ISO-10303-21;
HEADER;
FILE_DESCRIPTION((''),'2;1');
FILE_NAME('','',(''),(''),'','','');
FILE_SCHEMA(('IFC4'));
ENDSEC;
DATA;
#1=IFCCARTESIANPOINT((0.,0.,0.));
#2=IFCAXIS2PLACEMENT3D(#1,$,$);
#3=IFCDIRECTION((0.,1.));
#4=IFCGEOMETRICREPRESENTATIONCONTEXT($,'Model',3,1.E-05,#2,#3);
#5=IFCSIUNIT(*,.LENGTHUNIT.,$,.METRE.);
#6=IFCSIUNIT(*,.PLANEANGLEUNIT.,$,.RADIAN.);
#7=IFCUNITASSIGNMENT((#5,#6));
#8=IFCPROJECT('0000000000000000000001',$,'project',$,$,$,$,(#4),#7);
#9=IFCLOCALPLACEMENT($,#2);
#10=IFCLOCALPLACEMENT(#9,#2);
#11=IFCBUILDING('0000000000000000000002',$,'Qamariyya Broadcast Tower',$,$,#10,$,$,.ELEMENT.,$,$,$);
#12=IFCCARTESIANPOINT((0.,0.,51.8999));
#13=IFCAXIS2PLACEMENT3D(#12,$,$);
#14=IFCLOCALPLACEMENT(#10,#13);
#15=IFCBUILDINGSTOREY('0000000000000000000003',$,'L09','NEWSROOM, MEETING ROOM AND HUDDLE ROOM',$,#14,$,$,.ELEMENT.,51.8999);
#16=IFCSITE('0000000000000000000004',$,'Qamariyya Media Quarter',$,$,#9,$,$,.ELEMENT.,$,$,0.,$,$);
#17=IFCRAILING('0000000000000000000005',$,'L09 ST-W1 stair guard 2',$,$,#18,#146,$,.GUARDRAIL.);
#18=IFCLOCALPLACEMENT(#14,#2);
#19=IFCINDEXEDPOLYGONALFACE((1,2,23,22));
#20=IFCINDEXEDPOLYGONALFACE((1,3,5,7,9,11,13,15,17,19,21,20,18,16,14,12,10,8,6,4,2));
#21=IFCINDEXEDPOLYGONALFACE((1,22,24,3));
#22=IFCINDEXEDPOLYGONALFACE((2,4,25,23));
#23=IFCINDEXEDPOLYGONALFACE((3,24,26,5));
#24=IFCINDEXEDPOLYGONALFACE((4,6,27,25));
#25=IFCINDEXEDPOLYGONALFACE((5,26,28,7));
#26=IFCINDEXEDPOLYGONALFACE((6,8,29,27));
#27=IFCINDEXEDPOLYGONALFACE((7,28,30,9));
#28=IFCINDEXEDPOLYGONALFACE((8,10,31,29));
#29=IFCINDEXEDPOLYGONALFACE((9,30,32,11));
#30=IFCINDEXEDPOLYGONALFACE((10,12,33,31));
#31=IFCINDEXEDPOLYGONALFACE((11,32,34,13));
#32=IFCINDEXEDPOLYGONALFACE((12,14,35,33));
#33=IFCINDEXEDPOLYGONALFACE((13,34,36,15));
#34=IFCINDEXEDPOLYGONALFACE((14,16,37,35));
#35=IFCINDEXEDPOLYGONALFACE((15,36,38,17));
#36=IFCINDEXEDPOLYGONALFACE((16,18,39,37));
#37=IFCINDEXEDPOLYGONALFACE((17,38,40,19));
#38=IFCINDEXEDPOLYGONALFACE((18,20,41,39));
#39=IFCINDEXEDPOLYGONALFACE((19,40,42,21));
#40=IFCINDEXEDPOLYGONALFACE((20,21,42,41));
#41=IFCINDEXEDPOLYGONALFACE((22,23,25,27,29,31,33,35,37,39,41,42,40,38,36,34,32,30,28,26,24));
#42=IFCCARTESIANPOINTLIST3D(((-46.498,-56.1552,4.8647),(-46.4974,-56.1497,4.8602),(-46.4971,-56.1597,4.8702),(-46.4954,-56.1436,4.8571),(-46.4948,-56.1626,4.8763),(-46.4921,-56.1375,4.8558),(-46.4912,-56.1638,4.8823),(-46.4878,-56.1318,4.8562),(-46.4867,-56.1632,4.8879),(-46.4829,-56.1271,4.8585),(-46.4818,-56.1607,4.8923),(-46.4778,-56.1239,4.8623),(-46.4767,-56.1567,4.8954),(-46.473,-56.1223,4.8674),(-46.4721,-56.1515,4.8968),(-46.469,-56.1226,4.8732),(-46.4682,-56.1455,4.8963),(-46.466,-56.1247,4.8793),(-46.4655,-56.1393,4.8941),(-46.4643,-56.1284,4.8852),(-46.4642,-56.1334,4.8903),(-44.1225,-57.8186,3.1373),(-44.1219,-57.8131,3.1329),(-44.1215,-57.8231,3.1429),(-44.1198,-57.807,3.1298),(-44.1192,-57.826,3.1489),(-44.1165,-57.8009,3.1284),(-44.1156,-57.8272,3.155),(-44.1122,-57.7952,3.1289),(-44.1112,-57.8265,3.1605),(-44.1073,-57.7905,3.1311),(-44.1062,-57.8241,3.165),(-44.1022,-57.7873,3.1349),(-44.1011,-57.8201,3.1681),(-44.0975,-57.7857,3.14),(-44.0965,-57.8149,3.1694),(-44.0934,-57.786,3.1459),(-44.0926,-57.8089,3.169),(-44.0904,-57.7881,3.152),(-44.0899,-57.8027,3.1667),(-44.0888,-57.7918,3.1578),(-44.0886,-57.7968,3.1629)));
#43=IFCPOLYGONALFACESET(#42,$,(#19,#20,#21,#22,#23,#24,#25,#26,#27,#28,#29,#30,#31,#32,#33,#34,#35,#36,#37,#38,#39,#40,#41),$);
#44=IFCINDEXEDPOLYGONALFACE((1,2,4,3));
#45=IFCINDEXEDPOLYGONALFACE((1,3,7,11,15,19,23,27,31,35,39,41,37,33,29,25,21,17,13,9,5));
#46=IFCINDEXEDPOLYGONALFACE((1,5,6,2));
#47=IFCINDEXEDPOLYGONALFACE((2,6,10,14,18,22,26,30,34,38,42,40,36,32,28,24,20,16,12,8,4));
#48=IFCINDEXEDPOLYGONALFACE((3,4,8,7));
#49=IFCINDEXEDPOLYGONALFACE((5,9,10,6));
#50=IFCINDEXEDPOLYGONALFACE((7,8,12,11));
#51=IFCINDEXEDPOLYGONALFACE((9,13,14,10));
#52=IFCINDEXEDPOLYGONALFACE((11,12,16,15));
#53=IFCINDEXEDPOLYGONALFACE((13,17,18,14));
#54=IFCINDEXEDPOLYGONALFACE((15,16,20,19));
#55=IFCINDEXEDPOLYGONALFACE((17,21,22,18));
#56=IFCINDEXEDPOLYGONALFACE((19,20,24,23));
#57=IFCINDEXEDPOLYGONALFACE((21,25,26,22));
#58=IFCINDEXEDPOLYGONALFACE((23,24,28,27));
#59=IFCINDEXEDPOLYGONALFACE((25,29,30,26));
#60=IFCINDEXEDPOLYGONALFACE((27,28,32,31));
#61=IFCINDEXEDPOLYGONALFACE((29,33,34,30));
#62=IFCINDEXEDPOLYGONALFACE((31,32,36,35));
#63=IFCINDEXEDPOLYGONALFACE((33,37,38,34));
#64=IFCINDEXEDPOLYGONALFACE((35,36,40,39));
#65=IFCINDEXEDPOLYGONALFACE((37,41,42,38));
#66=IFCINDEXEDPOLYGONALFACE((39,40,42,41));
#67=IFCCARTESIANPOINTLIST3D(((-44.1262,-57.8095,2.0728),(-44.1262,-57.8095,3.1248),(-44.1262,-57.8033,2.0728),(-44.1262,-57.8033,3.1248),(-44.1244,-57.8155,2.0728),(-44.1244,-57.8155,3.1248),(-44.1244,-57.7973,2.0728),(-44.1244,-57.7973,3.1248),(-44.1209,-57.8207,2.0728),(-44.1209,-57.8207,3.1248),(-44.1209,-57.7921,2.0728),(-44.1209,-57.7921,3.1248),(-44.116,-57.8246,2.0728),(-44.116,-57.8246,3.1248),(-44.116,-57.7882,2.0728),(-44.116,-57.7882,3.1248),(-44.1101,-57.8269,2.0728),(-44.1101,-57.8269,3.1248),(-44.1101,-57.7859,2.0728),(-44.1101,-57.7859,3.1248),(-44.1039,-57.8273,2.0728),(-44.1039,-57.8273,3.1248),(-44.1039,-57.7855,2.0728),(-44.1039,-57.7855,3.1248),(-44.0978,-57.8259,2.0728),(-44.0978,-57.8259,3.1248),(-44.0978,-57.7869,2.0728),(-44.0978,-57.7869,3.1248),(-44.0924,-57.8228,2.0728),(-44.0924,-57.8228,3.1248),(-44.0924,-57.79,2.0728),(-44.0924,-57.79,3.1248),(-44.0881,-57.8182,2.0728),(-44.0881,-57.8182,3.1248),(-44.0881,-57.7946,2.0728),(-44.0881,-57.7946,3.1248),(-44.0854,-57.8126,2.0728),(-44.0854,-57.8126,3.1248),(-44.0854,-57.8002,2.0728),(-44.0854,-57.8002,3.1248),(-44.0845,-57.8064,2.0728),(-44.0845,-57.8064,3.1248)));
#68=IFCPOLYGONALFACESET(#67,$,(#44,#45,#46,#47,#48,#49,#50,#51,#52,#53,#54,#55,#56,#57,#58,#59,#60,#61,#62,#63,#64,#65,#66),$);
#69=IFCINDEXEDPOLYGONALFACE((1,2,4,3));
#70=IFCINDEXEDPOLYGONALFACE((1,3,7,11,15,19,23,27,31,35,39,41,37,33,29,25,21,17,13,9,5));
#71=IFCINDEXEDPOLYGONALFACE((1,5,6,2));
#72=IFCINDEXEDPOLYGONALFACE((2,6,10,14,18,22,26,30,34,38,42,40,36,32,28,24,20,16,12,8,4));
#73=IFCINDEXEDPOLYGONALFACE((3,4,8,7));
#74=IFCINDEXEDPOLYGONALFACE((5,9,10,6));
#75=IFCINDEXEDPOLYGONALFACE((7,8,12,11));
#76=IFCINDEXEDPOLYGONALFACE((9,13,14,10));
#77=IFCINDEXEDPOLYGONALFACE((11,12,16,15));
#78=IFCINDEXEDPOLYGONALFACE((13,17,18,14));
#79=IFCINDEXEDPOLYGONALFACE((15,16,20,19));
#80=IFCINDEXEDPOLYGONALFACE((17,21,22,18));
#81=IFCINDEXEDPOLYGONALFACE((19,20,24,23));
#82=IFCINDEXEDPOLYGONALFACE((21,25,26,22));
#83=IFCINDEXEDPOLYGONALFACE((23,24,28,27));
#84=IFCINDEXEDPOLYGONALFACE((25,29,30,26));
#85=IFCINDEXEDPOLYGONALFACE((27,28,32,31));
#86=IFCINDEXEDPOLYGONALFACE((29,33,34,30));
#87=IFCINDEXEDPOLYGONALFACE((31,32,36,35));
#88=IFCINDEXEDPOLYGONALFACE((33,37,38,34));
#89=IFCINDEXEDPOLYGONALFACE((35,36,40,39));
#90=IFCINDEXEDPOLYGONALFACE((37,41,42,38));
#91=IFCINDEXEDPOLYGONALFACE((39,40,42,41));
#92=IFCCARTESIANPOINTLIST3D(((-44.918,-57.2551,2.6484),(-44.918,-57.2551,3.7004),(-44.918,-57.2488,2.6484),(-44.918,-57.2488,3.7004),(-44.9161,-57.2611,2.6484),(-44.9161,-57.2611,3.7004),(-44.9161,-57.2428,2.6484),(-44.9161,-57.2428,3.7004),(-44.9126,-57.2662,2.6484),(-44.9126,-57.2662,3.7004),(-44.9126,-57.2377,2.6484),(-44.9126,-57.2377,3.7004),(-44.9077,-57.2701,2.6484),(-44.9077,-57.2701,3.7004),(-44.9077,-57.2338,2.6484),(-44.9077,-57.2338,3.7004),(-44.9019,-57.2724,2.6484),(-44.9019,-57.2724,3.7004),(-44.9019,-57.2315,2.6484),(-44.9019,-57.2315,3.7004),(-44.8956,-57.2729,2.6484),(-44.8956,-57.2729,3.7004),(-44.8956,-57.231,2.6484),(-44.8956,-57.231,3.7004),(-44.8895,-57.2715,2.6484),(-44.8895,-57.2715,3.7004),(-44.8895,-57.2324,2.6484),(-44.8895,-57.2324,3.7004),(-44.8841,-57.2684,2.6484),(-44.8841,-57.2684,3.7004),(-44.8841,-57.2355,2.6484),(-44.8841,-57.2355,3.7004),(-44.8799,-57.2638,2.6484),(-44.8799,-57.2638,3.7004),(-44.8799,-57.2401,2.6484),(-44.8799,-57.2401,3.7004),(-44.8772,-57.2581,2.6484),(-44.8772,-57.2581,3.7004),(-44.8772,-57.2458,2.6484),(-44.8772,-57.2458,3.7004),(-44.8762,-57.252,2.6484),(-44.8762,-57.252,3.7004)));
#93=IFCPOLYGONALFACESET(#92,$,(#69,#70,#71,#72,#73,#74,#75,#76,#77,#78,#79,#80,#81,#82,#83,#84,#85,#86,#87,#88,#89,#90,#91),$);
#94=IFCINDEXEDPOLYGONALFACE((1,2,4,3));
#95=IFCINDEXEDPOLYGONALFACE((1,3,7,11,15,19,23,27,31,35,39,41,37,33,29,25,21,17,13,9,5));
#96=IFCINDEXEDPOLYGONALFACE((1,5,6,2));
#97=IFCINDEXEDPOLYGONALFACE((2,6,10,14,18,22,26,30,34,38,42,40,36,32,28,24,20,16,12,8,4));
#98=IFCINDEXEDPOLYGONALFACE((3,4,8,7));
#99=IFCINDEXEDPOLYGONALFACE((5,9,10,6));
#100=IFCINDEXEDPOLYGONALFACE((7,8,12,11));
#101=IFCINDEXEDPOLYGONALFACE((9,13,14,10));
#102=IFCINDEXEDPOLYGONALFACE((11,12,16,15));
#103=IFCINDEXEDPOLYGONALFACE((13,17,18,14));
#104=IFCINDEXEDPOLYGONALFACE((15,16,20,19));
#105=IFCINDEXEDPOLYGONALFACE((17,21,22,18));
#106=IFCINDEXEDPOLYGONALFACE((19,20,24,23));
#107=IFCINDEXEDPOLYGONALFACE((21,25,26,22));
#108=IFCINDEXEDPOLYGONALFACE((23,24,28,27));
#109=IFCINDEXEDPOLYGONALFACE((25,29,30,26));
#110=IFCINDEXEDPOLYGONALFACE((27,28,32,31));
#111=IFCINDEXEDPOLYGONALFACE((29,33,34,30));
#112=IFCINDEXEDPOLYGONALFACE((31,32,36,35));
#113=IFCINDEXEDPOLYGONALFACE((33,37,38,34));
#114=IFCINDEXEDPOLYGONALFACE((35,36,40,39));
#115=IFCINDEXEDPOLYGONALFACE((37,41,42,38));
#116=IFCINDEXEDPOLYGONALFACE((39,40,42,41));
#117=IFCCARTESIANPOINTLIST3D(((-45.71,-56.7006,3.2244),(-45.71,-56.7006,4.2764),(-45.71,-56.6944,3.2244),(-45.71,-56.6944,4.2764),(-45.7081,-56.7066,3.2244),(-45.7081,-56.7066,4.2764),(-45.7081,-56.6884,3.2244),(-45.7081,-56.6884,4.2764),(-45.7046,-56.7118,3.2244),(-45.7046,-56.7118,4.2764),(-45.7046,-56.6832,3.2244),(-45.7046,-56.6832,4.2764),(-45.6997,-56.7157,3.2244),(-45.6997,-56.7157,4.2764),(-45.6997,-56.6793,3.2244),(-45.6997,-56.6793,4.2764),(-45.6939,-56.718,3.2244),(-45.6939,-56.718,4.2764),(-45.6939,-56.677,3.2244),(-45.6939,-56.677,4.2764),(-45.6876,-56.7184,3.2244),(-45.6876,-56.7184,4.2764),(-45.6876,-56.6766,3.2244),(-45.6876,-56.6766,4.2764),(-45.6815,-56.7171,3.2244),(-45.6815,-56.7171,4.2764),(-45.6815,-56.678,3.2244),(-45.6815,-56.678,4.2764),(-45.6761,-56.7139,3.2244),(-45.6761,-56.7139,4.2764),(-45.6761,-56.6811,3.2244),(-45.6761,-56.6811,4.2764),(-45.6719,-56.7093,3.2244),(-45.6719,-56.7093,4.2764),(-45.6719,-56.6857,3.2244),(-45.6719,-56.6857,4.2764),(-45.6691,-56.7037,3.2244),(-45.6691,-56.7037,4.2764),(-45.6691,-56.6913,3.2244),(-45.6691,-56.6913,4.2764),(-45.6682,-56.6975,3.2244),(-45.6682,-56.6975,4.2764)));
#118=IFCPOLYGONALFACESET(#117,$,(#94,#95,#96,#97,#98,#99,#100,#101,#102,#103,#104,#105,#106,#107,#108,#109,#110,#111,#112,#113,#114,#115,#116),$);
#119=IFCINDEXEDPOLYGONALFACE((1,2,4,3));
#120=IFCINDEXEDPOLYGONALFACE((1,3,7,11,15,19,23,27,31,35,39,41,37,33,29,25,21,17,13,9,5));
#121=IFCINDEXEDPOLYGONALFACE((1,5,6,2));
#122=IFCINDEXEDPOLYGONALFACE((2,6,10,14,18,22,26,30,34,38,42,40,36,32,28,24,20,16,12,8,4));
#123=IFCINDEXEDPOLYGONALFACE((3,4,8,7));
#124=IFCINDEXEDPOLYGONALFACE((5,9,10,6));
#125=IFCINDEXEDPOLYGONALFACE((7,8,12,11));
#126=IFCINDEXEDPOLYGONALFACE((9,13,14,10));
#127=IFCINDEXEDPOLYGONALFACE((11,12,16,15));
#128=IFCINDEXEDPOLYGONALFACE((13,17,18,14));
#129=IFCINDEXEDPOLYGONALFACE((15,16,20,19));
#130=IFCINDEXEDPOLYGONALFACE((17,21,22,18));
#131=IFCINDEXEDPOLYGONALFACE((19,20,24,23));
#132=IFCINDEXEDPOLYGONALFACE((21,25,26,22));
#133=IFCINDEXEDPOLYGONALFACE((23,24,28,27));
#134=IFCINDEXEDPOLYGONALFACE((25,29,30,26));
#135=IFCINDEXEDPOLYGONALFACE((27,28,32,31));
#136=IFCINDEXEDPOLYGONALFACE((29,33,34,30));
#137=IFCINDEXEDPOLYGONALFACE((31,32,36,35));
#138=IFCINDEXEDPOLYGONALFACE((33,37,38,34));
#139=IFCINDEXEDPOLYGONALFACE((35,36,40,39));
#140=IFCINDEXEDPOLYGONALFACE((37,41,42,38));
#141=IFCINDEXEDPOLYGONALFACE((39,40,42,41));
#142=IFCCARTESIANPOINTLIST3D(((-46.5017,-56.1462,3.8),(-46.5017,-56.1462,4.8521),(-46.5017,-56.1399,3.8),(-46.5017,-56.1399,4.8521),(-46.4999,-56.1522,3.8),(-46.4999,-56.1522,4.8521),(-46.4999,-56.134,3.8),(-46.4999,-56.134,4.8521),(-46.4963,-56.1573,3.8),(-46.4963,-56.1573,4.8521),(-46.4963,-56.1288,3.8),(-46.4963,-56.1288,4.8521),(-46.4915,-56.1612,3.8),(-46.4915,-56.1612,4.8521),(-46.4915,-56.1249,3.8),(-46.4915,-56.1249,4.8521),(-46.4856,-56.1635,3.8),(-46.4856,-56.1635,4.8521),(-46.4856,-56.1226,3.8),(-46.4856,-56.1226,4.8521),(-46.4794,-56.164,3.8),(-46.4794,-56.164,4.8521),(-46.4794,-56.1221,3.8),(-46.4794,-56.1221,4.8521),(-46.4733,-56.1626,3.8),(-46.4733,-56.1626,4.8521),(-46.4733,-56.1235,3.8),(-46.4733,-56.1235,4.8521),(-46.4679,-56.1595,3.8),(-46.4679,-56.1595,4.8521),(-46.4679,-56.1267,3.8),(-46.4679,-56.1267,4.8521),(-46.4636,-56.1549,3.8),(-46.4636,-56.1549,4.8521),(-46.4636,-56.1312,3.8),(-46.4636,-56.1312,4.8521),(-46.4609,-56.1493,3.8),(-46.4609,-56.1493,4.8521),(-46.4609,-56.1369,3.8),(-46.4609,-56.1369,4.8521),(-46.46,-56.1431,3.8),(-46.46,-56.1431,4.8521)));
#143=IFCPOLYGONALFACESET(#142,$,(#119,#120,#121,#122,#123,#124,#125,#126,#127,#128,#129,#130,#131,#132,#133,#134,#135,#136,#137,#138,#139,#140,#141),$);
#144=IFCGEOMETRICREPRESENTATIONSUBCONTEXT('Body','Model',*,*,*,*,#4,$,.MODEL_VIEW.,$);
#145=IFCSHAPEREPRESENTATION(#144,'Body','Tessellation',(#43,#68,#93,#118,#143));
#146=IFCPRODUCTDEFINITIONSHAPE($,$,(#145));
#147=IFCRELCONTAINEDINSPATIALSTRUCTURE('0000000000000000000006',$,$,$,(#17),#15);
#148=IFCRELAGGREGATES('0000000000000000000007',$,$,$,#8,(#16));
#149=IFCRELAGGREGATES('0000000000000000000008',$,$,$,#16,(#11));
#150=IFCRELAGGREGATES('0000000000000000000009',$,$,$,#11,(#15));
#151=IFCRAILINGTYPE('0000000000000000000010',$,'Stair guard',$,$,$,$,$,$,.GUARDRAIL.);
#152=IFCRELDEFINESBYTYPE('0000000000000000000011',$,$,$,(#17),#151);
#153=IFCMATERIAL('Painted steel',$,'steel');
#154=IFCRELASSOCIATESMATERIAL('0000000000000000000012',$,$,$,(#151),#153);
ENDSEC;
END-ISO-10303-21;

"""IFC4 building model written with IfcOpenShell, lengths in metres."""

from ifc_helpers import new_model, si_unit, direction, frame, origin, origin_2d, place, context, subcontext, project, spatial, circle, extrude, material, type_object, element, save


model = new_model("IFC4")

# Units and contexts
model_context = context("Model", 3, precision=1e-05, world=origin(), true_north=direction((0.0, 1.0)))
body_context = subcontext(model_context, "Body", "Model", "MODEL_VIEW")
ifc_project = project(units=[si_unit("LENGTHUNIT", "METRE"), si_unit("PLANEANGLEUNIT", "RADIAN")], contexts=[model_context])

# Site, building, storey
site_placement = place(None, origin())
site = spatial("IfcSite", under=ifc_project, at=site_placement, Name="Qamariyya Media Quarter", CompositionType="ELEMENT", RefElevation=0.0)
building_placement = place(site_placement, origin())
building = spatial("IfcBuilding", under=site, at=building_placement, Name="Qamariyya Broadcast Tower", CompositionType="ELEMENT")
storey_placement = place(building_placement, frame((0.0, 0.0, 51.8999)))
storey = spatial("IfcBuildingStorey", under=building, at=storey_placement, Name="L09", Description="NEWSROOM, MEETING ROOM AND HUDDLE ROOM", CompositionType="ELEMENT", Elevation=51.8999)

# Railing
ifc_material_1 = material(Name="Painted steel", Category="steel")
railing_type_1 = type_object("IfcRailingType", Name="Stair guard", PredefinedType="GUARDRAIL", material=ifc_material_1)
railing_1_placement = place(storey_placement, frame((-44.1055, -57.8064, 2.0728)))
element("IfcRailing", 1, at=railing_1_placement, inside=storey, type_object=railing_type_1, Name="L09 ST-W1 stair guard 2", PredefinedType="GUARDRAIL", context=body_context, shape_type="SweptSolid", body=[
    extrude(circle(Radius=0.0239, at=origin_2d()), frame((0.0, 0.0, 1.0762), z_axis=(-0.70377, 0.492784, 0.511734), x_axis=(-0.573575, -0.819153, 0.0)), (0.0, 0.0, 1.0), 3.3755),
    extrude(circle(Radius=0.021, at=origin_2d()), origin(), (0.0, 0.0, 1.0), 1.052),
    extrude(circle(Radius=0.021, at=origin_2d()), frame((-0.7917, 0.5544, 0.5757)), (0.0, 0.0, 1.0), 1.052),
    extrude(circle(Radius=0.021, at=origin_2d()), frame((-1.5837, 1.1089, 1.1516)), (0.0, 0.0, 1.0), 1.052),
    extrude(circle(Radius=0.021, at=origin_2d()), frame((-2.3755, 1.6633, 1.7273)), (0.0, 0.0, 1.0), 1.052),
])

save(model, "model.ifc")
